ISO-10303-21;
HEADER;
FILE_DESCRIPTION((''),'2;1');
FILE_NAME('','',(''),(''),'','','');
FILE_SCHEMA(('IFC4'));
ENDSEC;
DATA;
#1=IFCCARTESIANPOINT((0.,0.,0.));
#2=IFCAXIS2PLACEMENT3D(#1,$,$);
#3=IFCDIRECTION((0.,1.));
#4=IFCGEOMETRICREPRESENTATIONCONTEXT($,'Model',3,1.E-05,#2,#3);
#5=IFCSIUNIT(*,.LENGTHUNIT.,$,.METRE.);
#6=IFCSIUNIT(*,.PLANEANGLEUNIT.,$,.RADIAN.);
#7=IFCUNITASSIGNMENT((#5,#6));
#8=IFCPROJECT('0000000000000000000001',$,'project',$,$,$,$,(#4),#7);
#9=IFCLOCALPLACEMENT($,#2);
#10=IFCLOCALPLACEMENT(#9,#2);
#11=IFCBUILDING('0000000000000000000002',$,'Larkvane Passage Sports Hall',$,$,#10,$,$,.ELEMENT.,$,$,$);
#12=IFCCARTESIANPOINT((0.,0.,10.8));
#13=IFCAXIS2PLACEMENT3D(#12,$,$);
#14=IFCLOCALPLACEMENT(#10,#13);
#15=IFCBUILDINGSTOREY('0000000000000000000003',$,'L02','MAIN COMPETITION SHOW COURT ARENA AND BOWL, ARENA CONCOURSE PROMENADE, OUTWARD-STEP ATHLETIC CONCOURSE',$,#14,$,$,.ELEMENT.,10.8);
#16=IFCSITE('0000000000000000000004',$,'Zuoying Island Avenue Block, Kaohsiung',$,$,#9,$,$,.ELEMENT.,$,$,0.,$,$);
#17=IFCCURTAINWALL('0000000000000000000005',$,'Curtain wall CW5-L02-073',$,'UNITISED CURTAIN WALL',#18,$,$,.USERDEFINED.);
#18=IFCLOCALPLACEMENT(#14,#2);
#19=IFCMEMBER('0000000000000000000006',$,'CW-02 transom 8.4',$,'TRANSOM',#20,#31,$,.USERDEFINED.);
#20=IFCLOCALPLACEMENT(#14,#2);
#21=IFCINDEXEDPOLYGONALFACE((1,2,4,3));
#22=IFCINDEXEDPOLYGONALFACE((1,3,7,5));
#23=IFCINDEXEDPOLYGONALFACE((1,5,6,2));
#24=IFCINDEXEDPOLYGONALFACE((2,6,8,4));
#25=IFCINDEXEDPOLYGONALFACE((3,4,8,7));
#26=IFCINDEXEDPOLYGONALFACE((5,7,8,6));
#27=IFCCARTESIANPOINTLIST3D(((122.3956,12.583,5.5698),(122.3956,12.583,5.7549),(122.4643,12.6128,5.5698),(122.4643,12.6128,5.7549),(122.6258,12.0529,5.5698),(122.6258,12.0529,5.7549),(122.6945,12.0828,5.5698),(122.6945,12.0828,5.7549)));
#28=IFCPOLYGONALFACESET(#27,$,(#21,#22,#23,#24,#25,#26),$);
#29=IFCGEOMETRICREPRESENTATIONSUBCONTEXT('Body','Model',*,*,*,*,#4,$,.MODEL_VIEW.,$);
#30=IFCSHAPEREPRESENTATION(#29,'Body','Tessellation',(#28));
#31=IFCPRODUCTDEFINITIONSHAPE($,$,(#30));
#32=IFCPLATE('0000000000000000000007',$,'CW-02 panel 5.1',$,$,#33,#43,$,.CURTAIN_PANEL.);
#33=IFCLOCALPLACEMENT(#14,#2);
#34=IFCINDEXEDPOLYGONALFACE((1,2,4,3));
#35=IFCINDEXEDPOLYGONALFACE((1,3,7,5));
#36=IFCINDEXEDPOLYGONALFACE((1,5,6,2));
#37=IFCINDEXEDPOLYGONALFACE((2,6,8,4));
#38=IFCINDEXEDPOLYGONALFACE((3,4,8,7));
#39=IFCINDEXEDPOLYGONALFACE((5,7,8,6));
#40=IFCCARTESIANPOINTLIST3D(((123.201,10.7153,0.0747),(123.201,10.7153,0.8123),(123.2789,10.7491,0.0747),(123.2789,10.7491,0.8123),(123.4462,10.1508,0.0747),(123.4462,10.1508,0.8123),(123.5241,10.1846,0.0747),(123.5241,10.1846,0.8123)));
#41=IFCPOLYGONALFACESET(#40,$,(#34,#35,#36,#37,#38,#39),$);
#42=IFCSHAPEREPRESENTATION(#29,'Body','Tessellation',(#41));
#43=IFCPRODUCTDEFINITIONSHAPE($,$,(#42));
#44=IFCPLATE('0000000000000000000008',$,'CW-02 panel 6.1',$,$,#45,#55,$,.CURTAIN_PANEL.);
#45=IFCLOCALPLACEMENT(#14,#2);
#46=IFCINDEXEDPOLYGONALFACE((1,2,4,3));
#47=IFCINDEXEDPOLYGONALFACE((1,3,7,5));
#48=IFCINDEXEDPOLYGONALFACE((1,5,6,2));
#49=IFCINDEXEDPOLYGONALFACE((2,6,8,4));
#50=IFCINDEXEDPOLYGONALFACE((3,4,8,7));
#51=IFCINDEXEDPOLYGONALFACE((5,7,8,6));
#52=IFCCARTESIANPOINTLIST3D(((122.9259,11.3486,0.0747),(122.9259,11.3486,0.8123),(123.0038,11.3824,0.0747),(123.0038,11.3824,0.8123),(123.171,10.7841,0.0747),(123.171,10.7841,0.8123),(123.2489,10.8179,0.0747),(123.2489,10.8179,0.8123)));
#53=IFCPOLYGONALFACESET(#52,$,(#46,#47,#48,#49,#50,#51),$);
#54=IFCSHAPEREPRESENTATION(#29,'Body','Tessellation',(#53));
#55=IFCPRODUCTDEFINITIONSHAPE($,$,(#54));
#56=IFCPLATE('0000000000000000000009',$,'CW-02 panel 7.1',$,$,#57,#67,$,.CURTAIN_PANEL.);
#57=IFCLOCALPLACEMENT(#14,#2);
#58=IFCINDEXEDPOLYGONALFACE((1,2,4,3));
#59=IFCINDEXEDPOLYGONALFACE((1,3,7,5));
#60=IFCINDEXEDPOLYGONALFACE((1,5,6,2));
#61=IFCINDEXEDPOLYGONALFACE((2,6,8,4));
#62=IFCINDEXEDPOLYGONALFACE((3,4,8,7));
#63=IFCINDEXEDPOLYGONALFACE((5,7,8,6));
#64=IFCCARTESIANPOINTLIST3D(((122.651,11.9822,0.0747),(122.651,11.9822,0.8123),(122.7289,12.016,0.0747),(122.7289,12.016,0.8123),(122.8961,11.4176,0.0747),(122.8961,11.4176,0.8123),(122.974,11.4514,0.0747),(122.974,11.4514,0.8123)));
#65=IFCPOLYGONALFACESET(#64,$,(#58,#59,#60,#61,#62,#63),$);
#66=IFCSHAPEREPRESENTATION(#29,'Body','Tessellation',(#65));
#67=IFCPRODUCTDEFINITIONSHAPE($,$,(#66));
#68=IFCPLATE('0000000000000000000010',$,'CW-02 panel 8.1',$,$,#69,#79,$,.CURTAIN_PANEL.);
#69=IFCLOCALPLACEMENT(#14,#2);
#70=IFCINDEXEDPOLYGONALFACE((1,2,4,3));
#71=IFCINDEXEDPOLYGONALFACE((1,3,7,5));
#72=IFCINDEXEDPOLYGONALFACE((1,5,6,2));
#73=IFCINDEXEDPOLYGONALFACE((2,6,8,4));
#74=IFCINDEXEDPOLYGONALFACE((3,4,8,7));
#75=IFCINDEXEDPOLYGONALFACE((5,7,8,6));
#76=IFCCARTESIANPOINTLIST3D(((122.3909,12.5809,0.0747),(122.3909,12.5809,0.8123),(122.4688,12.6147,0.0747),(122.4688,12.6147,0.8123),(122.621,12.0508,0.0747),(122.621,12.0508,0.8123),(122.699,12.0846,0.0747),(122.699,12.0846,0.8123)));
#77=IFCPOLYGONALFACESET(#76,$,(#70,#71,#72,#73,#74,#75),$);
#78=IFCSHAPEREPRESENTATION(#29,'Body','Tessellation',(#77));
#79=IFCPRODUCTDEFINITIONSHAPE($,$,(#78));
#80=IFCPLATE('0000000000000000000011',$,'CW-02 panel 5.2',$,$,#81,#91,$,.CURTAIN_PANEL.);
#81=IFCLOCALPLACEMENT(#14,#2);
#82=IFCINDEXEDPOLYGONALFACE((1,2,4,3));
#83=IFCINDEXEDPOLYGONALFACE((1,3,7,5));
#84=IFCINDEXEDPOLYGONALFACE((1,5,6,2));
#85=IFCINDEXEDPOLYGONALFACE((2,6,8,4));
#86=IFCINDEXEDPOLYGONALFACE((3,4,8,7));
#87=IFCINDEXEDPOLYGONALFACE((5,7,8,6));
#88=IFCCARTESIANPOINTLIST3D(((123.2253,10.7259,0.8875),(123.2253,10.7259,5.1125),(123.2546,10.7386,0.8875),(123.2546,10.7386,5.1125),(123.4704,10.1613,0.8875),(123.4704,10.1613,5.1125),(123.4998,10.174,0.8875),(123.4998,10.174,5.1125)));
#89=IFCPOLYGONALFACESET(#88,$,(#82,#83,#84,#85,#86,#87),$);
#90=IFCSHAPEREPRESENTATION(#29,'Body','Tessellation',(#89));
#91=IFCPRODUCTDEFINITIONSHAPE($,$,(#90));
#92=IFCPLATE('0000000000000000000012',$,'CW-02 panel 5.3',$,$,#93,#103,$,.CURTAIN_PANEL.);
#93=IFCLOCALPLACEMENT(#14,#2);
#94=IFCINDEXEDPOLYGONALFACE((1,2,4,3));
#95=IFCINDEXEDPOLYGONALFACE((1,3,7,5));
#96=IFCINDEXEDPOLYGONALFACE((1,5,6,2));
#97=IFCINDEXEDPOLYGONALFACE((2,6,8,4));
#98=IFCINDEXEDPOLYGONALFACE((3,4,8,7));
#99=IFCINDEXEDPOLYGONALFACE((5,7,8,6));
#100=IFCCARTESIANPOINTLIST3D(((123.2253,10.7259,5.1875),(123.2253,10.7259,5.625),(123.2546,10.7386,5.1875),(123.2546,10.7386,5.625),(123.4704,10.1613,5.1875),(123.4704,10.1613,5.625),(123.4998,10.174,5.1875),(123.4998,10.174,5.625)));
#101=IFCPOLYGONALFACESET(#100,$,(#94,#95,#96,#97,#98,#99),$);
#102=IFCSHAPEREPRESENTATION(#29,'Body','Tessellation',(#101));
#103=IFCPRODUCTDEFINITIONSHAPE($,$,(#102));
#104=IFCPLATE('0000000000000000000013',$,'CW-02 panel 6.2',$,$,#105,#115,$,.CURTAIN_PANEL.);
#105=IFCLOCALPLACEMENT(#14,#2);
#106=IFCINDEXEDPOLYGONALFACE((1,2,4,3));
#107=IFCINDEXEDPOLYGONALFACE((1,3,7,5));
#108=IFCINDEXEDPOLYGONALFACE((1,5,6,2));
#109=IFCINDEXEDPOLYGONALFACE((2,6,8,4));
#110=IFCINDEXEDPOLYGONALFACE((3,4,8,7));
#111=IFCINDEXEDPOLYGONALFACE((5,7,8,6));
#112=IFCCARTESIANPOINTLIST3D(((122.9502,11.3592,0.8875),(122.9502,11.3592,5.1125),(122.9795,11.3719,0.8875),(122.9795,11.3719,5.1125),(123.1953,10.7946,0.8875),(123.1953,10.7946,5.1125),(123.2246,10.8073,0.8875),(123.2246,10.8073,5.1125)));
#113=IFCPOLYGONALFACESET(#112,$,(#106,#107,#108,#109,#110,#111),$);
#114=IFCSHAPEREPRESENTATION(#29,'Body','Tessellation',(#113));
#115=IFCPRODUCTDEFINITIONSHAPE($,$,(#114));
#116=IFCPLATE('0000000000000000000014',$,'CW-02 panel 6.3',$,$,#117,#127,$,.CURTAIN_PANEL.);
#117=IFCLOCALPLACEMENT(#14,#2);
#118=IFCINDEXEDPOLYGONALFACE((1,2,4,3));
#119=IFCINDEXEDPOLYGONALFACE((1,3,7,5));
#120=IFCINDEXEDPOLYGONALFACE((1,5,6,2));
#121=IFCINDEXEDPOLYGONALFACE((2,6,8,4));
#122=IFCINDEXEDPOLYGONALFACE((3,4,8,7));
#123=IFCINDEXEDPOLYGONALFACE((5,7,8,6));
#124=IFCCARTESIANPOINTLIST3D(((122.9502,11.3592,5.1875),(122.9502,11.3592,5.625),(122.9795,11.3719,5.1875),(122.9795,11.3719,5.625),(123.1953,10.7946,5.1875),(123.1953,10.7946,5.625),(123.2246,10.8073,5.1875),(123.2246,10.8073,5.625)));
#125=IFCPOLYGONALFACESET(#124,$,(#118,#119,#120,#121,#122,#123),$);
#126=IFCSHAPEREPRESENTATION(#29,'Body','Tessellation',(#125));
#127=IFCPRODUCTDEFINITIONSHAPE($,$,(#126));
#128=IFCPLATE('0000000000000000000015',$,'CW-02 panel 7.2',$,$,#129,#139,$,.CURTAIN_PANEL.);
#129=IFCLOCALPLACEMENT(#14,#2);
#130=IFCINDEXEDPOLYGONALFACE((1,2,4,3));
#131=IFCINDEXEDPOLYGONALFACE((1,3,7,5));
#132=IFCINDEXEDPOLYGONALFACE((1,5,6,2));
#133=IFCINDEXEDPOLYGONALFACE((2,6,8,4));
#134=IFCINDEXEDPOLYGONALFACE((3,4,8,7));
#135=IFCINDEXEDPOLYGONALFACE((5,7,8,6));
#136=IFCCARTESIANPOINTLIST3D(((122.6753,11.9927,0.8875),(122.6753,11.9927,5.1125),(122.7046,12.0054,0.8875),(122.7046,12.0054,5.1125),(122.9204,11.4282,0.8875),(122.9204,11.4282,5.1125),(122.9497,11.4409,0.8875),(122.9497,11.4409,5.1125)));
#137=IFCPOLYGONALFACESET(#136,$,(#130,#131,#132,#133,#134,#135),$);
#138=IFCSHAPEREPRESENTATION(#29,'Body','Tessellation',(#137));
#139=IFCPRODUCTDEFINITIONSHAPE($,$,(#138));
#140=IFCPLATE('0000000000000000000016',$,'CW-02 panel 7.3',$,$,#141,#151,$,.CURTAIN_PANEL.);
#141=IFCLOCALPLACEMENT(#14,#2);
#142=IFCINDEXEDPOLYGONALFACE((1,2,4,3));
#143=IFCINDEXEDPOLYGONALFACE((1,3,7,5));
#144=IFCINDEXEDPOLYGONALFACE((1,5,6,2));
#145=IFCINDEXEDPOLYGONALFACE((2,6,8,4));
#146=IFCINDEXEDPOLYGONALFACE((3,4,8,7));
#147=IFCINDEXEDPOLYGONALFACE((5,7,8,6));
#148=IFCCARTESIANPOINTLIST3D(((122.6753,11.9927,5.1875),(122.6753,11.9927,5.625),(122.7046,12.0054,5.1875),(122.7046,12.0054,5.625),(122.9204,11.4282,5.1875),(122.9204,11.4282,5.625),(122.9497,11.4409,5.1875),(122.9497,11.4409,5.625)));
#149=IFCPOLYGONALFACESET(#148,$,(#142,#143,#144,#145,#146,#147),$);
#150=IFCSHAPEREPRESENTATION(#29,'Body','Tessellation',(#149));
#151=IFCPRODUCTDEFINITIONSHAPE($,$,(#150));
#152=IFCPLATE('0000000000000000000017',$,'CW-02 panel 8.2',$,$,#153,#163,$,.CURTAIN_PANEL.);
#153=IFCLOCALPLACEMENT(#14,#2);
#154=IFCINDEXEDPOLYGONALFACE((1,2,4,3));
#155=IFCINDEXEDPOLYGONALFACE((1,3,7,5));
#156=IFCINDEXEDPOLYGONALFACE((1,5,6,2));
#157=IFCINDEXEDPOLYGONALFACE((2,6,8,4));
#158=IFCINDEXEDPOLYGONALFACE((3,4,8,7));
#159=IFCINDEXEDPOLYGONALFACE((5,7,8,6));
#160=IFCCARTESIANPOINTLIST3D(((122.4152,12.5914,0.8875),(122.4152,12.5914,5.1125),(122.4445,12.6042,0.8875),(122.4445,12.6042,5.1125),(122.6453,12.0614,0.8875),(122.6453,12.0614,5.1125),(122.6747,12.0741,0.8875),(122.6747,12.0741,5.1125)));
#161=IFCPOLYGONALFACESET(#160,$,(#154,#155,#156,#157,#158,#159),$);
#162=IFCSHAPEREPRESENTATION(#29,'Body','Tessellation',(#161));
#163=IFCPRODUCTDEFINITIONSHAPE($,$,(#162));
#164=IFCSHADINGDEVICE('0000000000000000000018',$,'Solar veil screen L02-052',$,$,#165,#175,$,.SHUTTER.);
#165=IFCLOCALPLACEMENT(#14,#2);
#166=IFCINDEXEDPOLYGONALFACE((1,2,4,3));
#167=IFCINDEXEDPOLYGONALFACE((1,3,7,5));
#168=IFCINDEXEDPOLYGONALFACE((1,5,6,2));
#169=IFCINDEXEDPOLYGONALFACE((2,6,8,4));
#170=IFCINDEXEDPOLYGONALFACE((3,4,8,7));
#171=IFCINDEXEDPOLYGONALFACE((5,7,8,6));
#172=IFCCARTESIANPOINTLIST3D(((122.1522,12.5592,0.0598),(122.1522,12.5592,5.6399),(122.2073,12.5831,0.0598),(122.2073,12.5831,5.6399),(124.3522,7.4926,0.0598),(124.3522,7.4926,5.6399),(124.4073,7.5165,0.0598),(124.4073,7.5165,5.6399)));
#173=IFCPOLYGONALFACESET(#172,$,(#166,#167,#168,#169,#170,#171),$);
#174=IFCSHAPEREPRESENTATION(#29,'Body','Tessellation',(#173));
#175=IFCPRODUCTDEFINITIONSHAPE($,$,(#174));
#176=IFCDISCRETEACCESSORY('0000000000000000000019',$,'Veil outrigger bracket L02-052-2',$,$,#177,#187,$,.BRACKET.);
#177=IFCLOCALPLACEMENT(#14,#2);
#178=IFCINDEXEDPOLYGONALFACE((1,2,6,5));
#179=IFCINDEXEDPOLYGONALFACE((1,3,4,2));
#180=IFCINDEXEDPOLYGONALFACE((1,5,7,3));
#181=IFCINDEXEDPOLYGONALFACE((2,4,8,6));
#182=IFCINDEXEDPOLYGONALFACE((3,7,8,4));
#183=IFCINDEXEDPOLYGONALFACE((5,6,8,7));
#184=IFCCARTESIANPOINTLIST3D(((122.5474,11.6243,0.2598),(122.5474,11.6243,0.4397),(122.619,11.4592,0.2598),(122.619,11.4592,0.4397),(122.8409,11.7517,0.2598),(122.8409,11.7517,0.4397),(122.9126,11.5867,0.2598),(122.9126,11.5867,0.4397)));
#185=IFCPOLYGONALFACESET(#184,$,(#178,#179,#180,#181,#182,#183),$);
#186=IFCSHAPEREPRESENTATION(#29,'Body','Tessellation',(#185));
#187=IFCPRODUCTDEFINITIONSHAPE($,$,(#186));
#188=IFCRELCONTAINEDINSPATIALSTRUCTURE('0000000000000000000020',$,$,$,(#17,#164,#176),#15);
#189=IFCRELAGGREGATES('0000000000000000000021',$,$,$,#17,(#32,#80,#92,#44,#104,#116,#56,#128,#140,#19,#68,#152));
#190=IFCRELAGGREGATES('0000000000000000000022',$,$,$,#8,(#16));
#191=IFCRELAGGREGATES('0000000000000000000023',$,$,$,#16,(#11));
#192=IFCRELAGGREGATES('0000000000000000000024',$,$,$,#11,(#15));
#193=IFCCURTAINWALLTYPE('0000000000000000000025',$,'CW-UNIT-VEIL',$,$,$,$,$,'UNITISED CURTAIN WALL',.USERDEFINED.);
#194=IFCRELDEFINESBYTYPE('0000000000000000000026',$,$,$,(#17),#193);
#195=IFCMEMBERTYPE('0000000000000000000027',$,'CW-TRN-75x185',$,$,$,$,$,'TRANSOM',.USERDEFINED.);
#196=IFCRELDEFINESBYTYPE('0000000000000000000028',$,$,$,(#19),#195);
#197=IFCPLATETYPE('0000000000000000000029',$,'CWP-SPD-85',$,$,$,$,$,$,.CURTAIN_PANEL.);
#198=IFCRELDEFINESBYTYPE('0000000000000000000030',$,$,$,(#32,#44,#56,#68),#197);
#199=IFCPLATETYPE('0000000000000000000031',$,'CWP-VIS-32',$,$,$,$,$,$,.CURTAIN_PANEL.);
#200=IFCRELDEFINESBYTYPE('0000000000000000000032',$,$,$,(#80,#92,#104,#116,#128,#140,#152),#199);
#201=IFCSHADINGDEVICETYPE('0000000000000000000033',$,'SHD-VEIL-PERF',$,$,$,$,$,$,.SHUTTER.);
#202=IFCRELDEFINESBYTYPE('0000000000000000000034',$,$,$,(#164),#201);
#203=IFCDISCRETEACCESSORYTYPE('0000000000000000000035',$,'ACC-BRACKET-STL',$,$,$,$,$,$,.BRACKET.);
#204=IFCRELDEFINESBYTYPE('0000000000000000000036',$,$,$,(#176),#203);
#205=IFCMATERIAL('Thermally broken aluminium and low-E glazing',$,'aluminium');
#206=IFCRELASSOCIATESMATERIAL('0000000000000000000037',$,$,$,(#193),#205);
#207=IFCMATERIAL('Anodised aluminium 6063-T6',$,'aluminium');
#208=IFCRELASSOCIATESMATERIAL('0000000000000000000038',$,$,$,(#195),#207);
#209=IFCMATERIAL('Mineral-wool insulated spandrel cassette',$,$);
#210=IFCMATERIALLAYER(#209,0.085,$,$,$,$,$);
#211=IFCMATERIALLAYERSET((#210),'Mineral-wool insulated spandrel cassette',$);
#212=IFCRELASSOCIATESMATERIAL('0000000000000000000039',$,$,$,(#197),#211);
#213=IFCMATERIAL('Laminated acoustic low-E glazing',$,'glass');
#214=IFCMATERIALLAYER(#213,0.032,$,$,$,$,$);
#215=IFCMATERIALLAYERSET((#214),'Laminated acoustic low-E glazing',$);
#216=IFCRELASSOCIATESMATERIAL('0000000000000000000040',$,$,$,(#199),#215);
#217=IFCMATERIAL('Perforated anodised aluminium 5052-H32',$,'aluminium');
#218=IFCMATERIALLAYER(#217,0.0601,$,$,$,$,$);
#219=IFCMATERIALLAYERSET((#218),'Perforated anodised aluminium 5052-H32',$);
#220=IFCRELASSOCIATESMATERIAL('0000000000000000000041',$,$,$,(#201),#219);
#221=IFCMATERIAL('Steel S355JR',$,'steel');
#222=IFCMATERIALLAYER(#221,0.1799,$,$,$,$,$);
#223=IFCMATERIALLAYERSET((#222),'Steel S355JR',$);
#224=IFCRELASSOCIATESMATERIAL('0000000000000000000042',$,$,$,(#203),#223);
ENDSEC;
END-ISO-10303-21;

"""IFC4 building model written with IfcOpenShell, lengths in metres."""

from ifc_helpers import new_model, si_unit, direction, frame, origin, origin_2d, place, context, subcontext, project, spatial, rectangle, extrude, material, layer, layer_set, material_profile, profile_set, type_object, element, aggregate, save


model = new_model("IFC4")

# Units and contexts
model_context = context("Model", 3, precision=1e-05, world=origin(), true_north=direction((0.0, 1.0)))
body_context = subcontext(model_context, "Body", "Model", "MODEL_VIEW")
ifc_project = project(units=[si_unit("LENGTHUNIT", "METRE"), si_unit("PLANEANGLEUNIT", "RADIAN")], contexts=[model_context])

# Site, building, storey
site_placement = place(None, origin())
site = spatial("IfcSite", under=ifc_project, at=site_placement, Name="Zuoying Island Avenue Block, Kaohsiung", CompositionType="ELEMENT", RefElevation=0.0)
building_placement = place(site_placement, origin())
building = spatial("IfcBuilding", under=site, at=building_placement, Name="Larkvane Passage Sports Hall", CompositionType="ELEMENT")
storey_placement = place(building_placement, frame((0.0, 0.0, 10.8)))
storey = spatial("IfcBuildingStorey", under=building, at=storey_placement, Name="L02", Description="MAIN COMPETITION SHOW COURT ARENA AND BOWL, ARENA CONCOURSE PROMENADE, OUTWARD-STEP ATHLETIC CONCOURSE", CompositionType="ELEMENT", Elevation=10.8)

# Curtain wall, member, plates
ifc_material_1 = material(Name="Thermally broken aluminium and low-E glazing", Category="aluminium")
curtain_wall_type = type_object("IfcCurtainWallType", Name="CW-UNIT-VEIL", ElementType="UNITISED CURTAIN WALL", PredefinedType="USERDEFINED", material=ifc_material_1)
curtain_wall_placement = place(storey_placement, origin())
curtain_wall = element("IfcCurtainWall", 1, at=curtain_wall_placement, inside=storey, type_object=curtain_wall_type, Name="Curtain wall CW5-L02-073", ObjectType="UNITISED CURTAIN WALL", PredefinedType="USERDEFINED")
ifc_material_2 = material(Name="Anodised aluminium 6063-T6", Category="aluminium")
ifc_material_profile_1 = material_profile(ifc_material_2, rectangle(XDim=0.075, YDim=0.1851, at=origin_2d()), Name="ALU-TRN-75x185")
ifc_profile_set_1 = profile_set([ifc_material_profile_1], Name="Anodised aluminium 6063-T6")
member_type_1 = type_object("IfcMemberType", Name="CW-TRN-75x185", ElementType="TRANSOM", PredefinedType="USERDEFINED", material=ifc_profile_set_1)
member_1_placement = place(storey_placement, frame((122.6602, 12.0679, 5.6624), z_axis=(-0.398402, 0.917211, 0.0), x_axis=(-0.917211, -0.398402, 0.0)))
member_1 = element("IfcMember", 2, at=member_1_placement, type_object=member_type_1, Name="CW-02 transom 8.4", ObjectType="TRANSOM", PredefinedType="USERDEFINED", context=body_context, shape_type="SweptSolid", body=[
    extrude(rectangle(XDim=0.075, YDim=0.1851, at=origin_2d()), origin(), (0.0, 0.0, 1.0), 0.5779),
])
ifc_material_3 = material(Name="Mineral-wool insulated spandrel cassette")
ifc_layer_1 = layer(ifc_material_3, 0.085)
ifc_layer_set_1 = layer_set([ifc_layer_1], Name="Mineral-wool insulated spandrel cassette")
plate_type_1 = type_object("IfcPlateType", Name="CWP-SPD-85", PredefinedType="CURTAIN_PANEL", material=ifc_layer_set_1)
plate_1_placement = place(storey_placement, frame((123.3625, 10.45, 0.0747), z_axis=(0.0, 0.0, 1.0), x_axis=(-0.398283, 0.917263, 0.0)))
plate_1 = element("IfcPlate", 3, at=plate_1_placement, type_object=plate_type_1, Name="CW-02 panel 5.1", PredefinedType="CURTAIN_PANEL", context=body_context, shape_type="SweptSolid", body=[
    extrude(rectangle(XDim=0.6155, YDim=0.085, at=origin_2d()), origin(), (0.0, 0.0, 1.0), 0.7375),
])
plate_2_placement = place(storey_placement, frame((123.0874, 11.0833, 0.0747), z_axis=(0.0, 0.0, 1.0), x_axis=(-0.398283, 0.917263, 0.0)))
plate_2 = element("IfcPlate", 4, at=plate_2_placement, type_object=plate_type_1, Name="CW-02 panel 6.1", PredefinedType="CURTAIN_PANEL", context=body_context, shape_type="SweptSolid", body=[
    extrude(rectangle(XDim=0.6155, YDim=0.085, at=origin_2d()), origin(), (0.0, 0.0, 1.0), 0.7375),
])
plate_3_placement = place(storey_placement, frame((122.8125, 11.7168, 0.0747), z_axis=(0.0, 0.0, 1.0), x_axis=(-0.398283, 0.917263, 0.0)))
plate_3 = element("IfcPlate", 5, at=plate_3_placement, type_object=plate_type_1, Name="CW-02 panel 7.1", PredefinedType="CURTAIN_PANEL", context=body_context, shape_type="SweptSolid", body=[
    extrude(rectangle(XDim=0.6155, YDim=0.085, at=origin_2d()), origin(), (0.0, 0.0, 1.0), 0.7375),
])
plate_4_placement = place(storey_placement, frame((122.5449, 12.3328, 0.0747), z_axis=(0.0, 0.0, 1.0), x_axis=(-0.398283, 0.917263, 0.0)))
plate_4 = element("IfcPlate", 6, at=plate_4_placement, type_object=plate_type_1, Name="CW-02 panel 8.1", PredefinedType="CURTAIN_PANEL", context=body_context, shape_type="SweptSolid", body=[
    extrude(rectangle(XDim=0.5779, YDim=0.085, at=origin_2d()), origin(), (0.0, 0.0, 1.0), 0.7375),
])
ifc_material_4 = material(Name="Laminated acoustic low-E glazing", Category="glass")
ifc_layer_2 = layer(ifc_material_4, 0.032)
ifc_layer_set_2 = layer_set([ifc_layer_2], Name="Laminated acoustic low-E glazing")
plate_type_2 = type_object("IfcPlateType", Name="CWP-VIS-32", PredefinedType="CURTAIN_PANEL", material=ifc_layer_set_2)
plate_5_placement = place(storey_placement, frame((123.3625, 10.45, 0.8875), z_axis=(0.0, 0.0, 1.0), x_axis=(-0.398283, 0.917263, 0.0)))
plate_5 = element("IfcPlate", 7, at=plate_5_placement, type_object=plate_type_2, Name="CW-02 panel 5.2", PredefinedType="CURTAIN_PANEL", context=body_context, shape_type="SweptSolid", body=[
    extrude(rectangle(XDim=0.6155, YDim=0.032, at=origin_2d()), origin(), (0.0, 0.0, 1.0), 4.2251),
])
plate_6_placement = place(storey_placement, frame((123.3625, 10.45, 5.1875), z_axis=(0.0, 0.0, 1.0), x_axis=(-0.398283, 0.917263, 0.0)))
plate_6 = element("IfcPlate", 8, at=plate_6_placement, type_object=plate_type_2, Name="CW-02 panel 5.3", PredefinedType="CURTAIN_PANEL", context=body_context, shape_type="SweptSolid", body=[
    extrude(rectangle(XDim=0.6155, YDim=0.032, at=origin_2d()), origin(), (0.0, 0.0, 1.0), 0.4375),
])
plate_7_placement = place(storey_placement, frame((123.0874, 11.0833, 0.8875), z_axis=(0.0, 0.0, 1.0), x_axis=(-0.398283, 0.917263, 0.0)))
plate_7 = element("IfcPlate", 9, at=plate_7_placement, type_object=plate_type_2, Name="CW-02 panel 6.2", PredefinedType="CURTAIN_PANEL", context=body_context, shape_type="SweptSolid", body=[
    extrude(rectangle(XDim=0.6155, YDim=0.032, at=origin_2d()), origin(), (0.0, 0.0, 1.0), 4.2251),
])
plate_8_placement = place(storey_placement, frame((123.0874, 11.0833, 5.1875), z_axis=(0.0, 0.0, 1.0), x_axis=(-0.398283, 0.917263, 0.0)))
plate_8 = element("IfcPlate", 10, at=plate_8_placement, type_object=plate_type_2, Name="CW-02 panel 6.3", PredefinedType="CURTAIN_PANEL", context=body_context, shape_type="SweptSolid", body=[
    extrude(rectangle(XDim=0.6155, YDim=0.032, at=origin_2d()), origin(), (0.0, 0.0, 1.0), 0.4375),
])
plate_9_placement = place(storey_placement, frame((122.8125, 11.7168, 0.8875), z_axis=(0.0, 0.0, 1.0), x_axis=(-0.398283, 0.917263, 0.0)))
plate_9 = element("IfcPlate", 11, at=plate_9_placement, type_object=plate_type_2, Name="CW-02 panel 7.2", PredefinedType="CURTAIN_PANEL", context=body_context, shape_type="SweptSolid", body=[
    extrude(rectangle(XDim=0.6155, YDim=0.032, at=origin_2d()), origin(), (0.0, 0.0, 1.0), 4.2251),
])
plate_10_placement = place(storey_placement, frame((122.8125, 11.7168, 5.1875), z_axis=(0.0, 0.0, 1.0), x_axis=(-0.398283, 0.917263, 0.0)))
plate_10 = element("IfcPlate", 12, at=plate_10_placement, type_object=plate_type_2, Name="CW-02 panel 7.3", PredefinedType="CURTAIN_PANEL", context=body_context, shape_type="SweptSolid", body=[
    extrude(rectangle(XDim=0.6155, YDim=0.032, at=origin_2d()), origin(), (0.0, 0.0, 1.0), 0.4375),
])
plate_11_placement = place(storey_placement, frame((122.5449, 12.3328, 0.8875), z_axis=(0.0, 0.0, 1.0), x_axis=(-0.398283, 0.917263, 0.0)))
plate_11 = element("IfcPlate", 13, at=plate_11_placement, type_object=plate_type_2, Name="CW-02 panel 8.2", PredefinedType="CURTAIN_PANEL", context=body_context, shape_type="SweptSolid", body=[
    extrude(rectangle(XDim=0.5779, YDim=0.032, at=origin_2d()), origin(), (0.0, 0.0, 1.0), 4.2251),
])
aggregate(curtain_wall, [plate_1, plate_5, plate_6, plate_2, plate_7, plate_8, plate_3, plate_9, plate_10, member_1, plate_4, plate_11])

# Shading device
ifc_material_5 = material(Name="Perforated anodised aluminium 5052-H32", Category="aluminium")
ifc_layer_3 = layer(ifc_material_5, 0.0601)
ifc_layer_set_3 = layer_set([ifc_layer_3], Name="Perforated anodised aluminium 5052-H32")
shading_device_type = type_object("IfcShadingDeviceType", Name="SHD-VEIL-PERF", PredefinedType="SHUTTER", material=ifc_layer_set_3)
shading_device_placement = place(storey_placement, frame((123.2798, 10.0378, 0.0598), z_axis=(0.0, 0.0, 1.0), x_axis=(-0.398285, 0.917262, 0.0)))
element("IfcShadingDevice", 14, at=shading_device_placement, inside=storey, type_object=shading_device_type, Name="Solar veil screen L02-052", PredefinedType="SHUTTER", context=body_context, shape_type="SweptSolid", body=[
    extrude(rectangle(XDim=5.5237, YDim=0.0601, at=origin_2d()), origin(), (0.0, 0.0, 1.0), 5.5801),
])

# Discrete accessory
ifc_material_6 = material(Name="Steel S355JR", Category="steel")
ifc_layer_4 = layer(ifc_material_6, 0.1799)
ifc_layer_set_4 = layer_set([ifc_layer_4], Name="Steel S355JR")
discrete_accessory_type = type_object("IfcDiscreteAccessoryType", Name="ACC-BRACKET-STL", PredefinedType="BRACKET", material=ifc_layer_set_4)
discrete_accessory_placement = place(storey_placement, frame((122.73, 11.6055, 0.2598), z_axis=(0.0, 0.0, 1.0), x_axis=(-0.398285, 0.917262, 0.0)))
element("IfcDiscreteAccessory", 15, at=discrete_accessory_placement, inside=storey, type_object=discrete_accessory_type, Name="Veil outrigger bracket L02-052-2", PredefinedType="BRACKET", context=body_context, shape_type="SweptSolid", body=[
    extrude(rectangle(XDim=0.1799, YDim=0.3201, at=origin_2d()), origin(), (0.0, 0.0, 1.0), 0.1799),
])

save(model, "model.ifc")
